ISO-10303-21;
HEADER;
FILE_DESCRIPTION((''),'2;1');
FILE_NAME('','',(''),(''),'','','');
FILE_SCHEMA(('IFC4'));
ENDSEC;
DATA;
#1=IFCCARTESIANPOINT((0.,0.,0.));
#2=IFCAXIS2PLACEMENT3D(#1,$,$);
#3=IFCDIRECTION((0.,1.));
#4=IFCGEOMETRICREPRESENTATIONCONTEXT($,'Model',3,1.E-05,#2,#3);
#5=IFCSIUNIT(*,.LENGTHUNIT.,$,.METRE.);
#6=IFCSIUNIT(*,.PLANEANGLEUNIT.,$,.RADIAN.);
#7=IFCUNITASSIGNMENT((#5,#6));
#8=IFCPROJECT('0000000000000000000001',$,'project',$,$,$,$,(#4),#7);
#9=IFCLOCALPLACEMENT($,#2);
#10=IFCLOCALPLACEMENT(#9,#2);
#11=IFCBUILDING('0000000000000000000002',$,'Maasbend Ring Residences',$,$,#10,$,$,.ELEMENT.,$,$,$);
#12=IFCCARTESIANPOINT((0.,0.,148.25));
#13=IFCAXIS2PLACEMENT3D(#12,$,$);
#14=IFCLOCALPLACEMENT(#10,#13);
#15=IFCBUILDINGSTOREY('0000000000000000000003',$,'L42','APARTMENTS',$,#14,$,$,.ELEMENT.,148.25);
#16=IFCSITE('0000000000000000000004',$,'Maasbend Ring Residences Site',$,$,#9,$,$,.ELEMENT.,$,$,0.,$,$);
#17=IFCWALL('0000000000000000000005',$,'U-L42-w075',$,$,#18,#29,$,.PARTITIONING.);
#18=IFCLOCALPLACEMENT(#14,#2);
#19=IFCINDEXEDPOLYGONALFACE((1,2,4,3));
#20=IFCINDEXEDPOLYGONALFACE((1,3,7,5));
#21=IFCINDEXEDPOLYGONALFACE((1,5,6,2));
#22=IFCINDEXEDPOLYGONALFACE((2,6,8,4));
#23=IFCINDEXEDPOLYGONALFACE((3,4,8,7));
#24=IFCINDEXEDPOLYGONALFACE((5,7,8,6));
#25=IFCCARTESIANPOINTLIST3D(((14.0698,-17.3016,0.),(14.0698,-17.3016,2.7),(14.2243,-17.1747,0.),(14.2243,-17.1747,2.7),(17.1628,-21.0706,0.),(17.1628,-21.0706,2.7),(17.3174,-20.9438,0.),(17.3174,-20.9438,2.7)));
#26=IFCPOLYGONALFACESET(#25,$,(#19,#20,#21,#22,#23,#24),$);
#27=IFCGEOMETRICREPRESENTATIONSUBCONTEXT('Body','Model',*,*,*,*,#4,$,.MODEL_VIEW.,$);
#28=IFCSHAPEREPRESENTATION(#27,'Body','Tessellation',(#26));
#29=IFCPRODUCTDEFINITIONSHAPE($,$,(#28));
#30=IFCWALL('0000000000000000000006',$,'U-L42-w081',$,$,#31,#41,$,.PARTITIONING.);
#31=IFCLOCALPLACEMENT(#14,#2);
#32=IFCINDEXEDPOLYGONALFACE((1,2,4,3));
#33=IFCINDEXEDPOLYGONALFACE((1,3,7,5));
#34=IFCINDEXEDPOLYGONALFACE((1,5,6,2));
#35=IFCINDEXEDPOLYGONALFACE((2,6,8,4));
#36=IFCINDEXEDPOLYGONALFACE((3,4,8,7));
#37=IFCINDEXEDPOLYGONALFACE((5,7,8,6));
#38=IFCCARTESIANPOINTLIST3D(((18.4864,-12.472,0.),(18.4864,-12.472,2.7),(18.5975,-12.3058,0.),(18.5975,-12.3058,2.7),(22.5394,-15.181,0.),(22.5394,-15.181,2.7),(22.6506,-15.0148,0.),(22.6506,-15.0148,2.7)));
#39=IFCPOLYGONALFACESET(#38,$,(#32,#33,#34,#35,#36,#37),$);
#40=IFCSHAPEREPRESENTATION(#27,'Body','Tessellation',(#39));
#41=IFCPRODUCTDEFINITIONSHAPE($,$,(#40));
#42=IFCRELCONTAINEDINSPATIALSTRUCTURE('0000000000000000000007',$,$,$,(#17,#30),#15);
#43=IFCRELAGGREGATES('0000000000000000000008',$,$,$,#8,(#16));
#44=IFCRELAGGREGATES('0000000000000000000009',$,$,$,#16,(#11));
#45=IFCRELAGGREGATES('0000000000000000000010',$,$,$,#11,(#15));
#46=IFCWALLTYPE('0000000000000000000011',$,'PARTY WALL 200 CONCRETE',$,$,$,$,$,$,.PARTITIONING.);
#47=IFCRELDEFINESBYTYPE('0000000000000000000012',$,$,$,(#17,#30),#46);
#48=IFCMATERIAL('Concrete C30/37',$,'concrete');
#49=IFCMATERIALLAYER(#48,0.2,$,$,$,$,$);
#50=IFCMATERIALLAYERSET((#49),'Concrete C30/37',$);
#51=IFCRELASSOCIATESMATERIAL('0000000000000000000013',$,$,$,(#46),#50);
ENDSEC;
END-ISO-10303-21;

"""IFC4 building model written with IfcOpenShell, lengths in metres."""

from ifc_helpers import new_model, si_unit, direction, frame, frame_2d, origin, place, context, subcontext, project, spatial, rectangle, extrude, material, layer, layer_set, type_object, element, save


model = new_model("IFC4")

# Units and contexts
model_context = context("Model", 3, precision=1e-05, world=origin(), true_north=direction((0.0, 1.0)))
body_context = subcontext(model_context, "Body", "Model", "MODEL_VIEW")
ifc_project = project(units=[si_unit("LENGTHUNIT", "METRE"), si_unit("PLANEANGLEUNIT", "RADIAN")], contexts=[model_context])

# Site, building, storey
site_placement = place(None, origin())
site = spatial("IfcSite", under=ifc_project, at=site_placement, Name="Maasbend Ring Residences Site", CompositionType="ELEMENT", RefElevation=0.0)
building_placement = place(site_placement, origin())
building = spatial("IfcBuilding", under=site, at=building_placement, Name="Maasbend Ring Residences", CompositionType="ELEMENT")
storey_placement = place(building_placement, frame((0.0, 0.0, 148.25)))
storey = spatial("IfcBuildingStorey", under=building, at=storey_placement, Name="L42", Description="APARTMENTS", CompositionType="ELEMENT", Elevation=148.25)

# Walls
ifc_material_1 = material(Name="Concrete C30/37", Category="concrete")
ifc_layer_1 = layer(ifc_material_1, 0.2)
ifc_layer_set_1 = layer_set([ifc_layer_1], Name="Concrete C30/37")
wall_type_1 = type_object("IfcWallType", Name="PARTY WALL 200 CONCRETE", PredefinedType="PARTITIONING", material=ifc_layer_set_1)
wall_1_placement = place(storey_placement, frame((14.147, -17.238, 0.0), z_axis=(0.0, 0.0, 1.0), x_axis=(0.634374, -0.773026, 0.0)))
element("IfcWall", 1, at=wall_1_placement, inside=storey, type_object=wall_type_1, Name="U-L42-w075", PredefinedType="PARTITIONING", context=body_context, shape_type="SweptSolid", body=[
    extrude(rectangle(XDim=4.8757, YDim=0.2, at=frame_2d((2.438, 0.0))), origin(), (0.0, 0.0, 1.0), 2.7),
])
wall_2_placement = place(storey_placement, frame((18.542, -12.3889, 0.0), z_axis=(0.0, 0.0, 1.0), x_axis=(0.831387, -0.555694, 0.0)))
element("IfcWall", 2, at=wall_2_placement, inside=storey, type_object=wall_type_1, Name="U-L42-w081", PredefinedType="PARTITIONING", context=body_context, shape_type="SweptSolid", body=[
    extrude(rectangle(XDim=4.875, YDim=0.2, at=frame_2d((2.4375, 0.0))), origin(), (0.0, 0.0, 1.0), 2.7),
])

save(model, "model.ifc")
